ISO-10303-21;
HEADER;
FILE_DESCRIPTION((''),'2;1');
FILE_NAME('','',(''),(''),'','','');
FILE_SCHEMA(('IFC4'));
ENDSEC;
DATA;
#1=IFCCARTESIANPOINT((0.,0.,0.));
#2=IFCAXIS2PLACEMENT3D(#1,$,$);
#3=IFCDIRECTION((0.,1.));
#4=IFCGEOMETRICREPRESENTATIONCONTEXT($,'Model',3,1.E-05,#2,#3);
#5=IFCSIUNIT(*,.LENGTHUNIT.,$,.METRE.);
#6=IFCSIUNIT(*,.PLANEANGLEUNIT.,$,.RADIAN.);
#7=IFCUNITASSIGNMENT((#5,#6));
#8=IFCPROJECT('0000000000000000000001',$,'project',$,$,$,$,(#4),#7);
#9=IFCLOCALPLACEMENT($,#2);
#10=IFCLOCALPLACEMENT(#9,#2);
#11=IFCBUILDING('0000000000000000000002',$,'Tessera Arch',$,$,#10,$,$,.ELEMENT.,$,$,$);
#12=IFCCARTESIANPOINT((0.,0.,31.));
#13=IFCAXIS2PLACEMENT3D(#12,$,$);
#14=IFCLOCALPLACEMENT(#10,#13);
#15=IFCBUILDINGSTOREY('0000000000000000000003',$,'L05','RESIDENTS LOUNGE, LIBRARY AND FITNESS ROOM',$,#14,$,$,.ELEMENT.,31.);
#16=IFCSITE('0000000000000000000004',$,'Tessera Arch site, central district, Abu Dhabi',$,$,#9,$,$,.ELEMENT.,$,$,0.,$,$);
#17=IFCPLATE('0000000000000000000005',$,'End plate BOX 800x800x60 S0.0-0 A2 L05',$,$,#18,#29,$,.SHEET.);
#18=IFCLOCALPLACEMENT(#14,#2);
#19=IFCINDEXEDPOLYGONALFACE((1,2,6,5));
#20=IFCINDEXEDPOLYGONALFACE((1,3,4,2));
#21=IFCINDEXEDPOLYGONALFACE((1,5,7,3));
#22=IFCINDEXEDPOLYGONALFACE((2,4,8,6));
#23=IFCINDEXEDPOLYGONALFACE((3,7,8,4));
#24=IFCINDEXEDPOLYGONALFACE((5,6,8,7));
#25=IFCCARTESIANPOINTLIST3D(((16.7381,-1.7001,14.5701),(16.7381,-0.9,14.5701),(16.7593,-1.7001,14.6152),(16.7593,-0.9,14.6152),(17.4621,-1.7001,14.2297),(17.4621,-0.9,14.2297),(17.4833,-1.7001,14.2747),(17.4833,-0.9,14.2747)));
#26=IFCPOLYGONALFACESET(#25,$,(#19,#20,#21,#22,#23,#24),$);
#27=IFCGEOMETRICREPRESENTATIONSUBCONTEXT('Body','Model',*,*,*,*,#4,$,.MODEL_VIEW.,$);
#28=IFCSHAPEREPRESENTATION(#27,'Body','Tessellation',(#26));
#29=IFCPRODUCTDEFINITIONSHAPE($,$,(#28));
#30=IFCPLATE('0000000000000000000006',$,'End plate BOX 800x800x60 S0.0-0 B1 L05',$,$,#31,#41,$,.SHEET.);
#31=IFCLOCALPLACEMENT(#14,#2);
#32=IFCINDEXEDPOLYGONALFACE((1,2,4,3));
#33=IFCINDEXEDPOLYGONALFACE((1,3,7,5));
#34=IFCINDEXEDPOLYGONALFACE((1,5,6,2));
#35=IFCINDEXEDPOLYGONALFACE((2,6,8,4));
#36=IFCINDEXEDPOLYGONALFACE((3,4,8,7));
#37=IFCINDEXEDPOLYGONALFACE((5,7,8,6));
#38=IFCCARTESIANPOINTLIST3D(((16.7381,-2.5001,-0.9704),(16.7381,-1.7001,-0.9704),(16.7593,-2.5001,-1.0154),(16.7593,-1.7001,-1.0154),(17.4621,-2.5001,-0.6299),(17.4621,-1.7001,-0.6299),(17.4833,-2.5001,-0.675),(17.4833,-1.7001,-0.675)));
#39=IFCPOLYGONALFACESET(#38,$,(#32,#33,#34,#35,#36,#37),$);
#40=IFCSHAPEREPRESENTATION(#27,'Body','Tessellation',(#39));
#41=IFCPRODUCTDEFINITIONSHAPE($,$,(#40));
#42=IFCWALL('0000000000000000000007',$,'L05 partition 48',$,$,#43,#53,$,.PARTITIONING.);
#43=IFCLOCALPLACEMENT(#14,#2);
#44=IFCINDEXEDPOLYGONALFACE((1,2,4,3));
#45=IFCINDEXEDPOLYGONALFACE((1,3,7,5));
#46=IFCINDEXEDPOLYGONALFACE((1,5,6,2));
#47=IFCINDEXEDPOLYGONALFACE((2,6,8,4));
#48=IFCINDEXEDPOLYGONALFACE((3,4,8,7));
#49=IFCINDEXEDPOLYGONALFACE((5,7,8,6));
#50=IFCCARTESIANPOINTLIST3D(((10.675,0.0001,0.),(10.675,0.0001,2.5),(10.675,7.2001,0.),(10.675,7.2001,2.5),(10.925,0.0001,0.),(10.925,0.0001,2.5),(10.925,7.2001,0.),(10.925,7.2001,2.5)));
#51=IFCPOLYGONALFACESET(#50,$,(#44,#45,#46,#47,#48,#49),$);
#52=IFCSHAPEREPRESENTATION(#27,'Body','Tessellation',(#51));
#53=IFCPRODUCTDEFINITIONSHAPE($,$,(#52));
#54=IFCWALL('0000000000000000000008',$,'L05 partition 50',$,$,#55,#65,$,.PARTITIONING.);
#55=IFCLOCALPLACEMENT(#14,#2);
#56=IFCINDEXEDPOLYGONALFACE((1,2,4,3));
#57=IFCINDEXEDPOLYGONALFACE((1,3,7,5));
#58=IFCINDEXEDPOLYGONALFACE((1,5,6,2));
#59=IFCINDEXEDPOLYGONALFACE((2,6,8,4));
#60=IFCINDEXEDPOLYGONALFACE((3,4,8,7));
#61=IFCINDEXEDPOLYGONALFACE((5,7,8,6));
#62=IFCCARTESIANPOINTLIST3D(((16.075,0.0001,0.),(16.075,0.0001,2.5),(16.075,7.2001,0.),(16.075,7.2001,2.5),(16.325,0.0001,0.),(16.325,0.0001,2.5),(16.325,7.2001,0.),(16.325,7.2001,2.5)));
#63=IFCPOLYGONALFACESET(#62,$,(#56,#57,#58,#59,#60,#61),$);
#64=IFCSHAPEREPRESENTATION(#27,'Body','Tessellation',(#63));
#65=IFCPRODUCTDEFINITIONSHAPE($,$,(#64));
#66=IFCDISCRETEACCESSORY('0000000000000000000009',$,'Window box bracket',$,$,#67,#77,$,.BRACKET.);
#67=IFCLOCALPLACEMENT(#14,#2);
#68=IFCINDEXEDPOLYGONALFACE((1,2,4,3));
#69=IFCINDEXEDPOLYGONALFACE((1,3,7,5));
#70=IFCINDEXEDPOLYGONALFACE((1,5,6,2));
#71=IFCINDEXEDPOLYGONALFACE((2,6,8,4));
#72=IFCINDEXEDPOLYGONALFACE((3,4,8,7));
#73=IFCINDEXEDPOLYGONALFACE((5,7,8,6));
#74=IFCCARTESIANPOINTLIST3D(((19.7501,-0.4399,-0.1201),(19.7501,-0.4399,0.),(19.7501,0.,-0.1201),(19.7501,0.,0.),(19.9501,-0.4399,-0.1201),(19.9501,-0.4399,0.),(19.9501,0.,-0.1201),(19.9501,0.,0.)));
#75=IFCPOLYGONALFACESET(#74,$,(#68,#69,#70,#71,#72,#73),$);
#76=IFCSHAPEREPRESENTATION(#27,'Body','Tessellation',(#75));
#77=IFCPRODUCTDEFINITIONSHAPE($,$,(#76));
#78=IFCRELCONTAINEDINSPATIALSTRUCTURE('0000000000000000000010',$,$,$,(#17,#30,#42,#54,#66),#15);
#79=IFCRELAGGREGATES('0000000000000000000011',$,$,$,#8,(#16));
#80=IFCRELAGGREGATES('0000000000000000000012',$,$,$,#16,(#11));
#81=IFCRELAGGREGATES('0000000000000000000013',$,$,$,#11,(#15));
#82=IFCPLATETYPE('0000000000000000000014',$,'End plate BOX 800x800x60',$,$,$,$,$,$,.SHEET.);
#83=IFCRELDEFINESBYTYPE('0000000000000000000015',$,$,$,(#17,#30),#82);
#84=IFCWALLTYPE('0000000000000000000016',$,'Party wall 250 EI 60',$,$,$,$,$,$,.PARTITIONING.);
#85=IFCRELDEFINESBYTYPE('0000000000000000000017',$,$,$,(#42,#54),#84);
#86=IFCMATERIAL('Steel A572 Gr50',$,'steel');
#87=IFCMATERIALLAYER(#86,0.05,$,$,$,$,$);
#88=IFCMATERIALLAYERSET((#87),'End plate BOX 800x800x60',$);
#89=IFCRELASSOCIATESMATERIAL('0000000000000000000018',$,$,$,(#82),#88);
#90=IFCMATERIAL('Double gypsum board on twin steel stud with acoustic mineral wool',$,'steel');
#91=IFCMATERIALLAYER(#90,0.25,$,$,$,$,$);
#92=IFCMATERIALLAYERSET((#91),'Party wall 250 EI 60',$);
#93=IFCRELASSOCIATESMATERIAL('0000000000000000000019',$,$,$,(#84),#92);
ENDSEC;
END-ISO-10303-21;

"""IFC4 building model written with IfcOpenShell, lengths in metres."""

from ifc_helpers import new_model, si_unit, direction, frame, frame_2d, origin, origin_2d, place, context, subcontext, project, spatial, rectangle, extrude, material, layer, layer_set, type_object, element, save


model = new_model("IFC4")

# Units and contexts
model_context = context("Model", 3, precision=1e-05, world=origin(), true_north=direction((0.0, 1.0)))
body_context = subcontext(model_context, "Body", "Model", "MODEL_VIEW")
ifc_project = project(units=[si_unit("LENGTHUNIT", "METRE"), si_unit("PLANEANGLEUNIT", "RADIAN")], contexts=[model_context])

# Site, building, storey
site_placement = place(None, origin())
site = spatial("IfcSite", under=ifc_project, at=site_placement, Name="Tessera Arch site, central district, Abu Dhabi", CompositionType="ELEMENT", RefElevation=0.0)
building_placement = place(site_placement, origin())
building = spatial("IfcBuilding", under=site, at=building_placement, Name="Tessera Arch", CompositionType="ELEMENT")
storey_placement = place(building_placement, frame((0.0, 0.0, 31.0)))
storey = spatial("IfcBuildingStorey", under=building, at=storey_placement, Name="L05", Description="RESIDENTS LOUNGE, LIBRARY AND FITNESS ROOM", CompositionType="ELEMENT", Elevation=31.0)

# Plates
ifc_material_1 = material(Name="Steel A572 Gr50", Category="steel")
ifc_layer_1 = layer(ifc_material_1, 0.05)
ifc_layer_set_1 = layer_set([ifc_layer_1], Name="End plate BOX 800x800x60")
plate_type_1 = type_object("IfcPlateType", Name="End plate BOX 800x800x60", PredefinedType="SHEET", material=ifc_layer_set_1)
for number, where, z_axis, x_axis, name in (
    (1, (17.1001, -1.3, 14.3999), (0.425561, 0.0, 0.90493), (0.0, 1.0, 0.0), "End plate BOX 800x800x60 S0.0-0 A2 L05"),
    (2, (17.1213, -2.1001, -0.8452), (-0.425561, 0.0, 0.90493), (0.0, -1.0, 0.0), "End plate BOX 800x800x60 S0.0-0 B1 L05"),
):
    element("IfcPlate", number, at=place(storey_placement, frame(where, z_axis=z_axis, x_axis=x_axis)), inside=storey, type_object=plate_type_1, Name=name, PredefinedType="SHEET", context=body_context, shape_type="SweptSolid", body=[
        extrude(rectangle(XDim=0.8, YDim=0.8, at=origin_2d()), origin(), (0.0, 0.0, 1.0), 0.0498),
    ])

# Walls
ifc_material_2 = material(Name="Double gypsum board on twin steel stud with acoustic mineral wool", Category="steel")
ifc_layer_2 = layer(ifc_material_2, 0.25)
ifc_layer_set_2 = layer_set([ifc_layer_2], Name="Party wall 250 EI 60")
wall_type = type_object("IfcWallType", Name="Party wall 250 EI 60", PredefinedType="PARTITIONING", material=ifc_layer_set_2)
for number, where, z_axis, x_axis, name in (
    (3, (10.8, 0.0, 0.0), (0.0, 0.0, 1.0), (0.0, 1.0, 0.0), "L05 partition 48"),
    (4, (16.2, 0.0, 0.0), (0.0, 0.0, 1.0), (0.0, 1.0, 0.0), "L05 partition 50"),
):
    element("IfcWall", number, at=place(storey_placement, frame(where, z_axis=z_axis, x_axis=x_axis)), inside=storey, type_object=wall_type, Name=name, PredefinedType="PARTITIONING", context=body_context, shape_type="SweptSolid", body=[
        extrude(rectangle(XDim=7.2, YDim=0.25, at=frame_2d((3.6001, 0.0))), origin(), (0.0, 0.0, 1.0), 2.5),
    ])

# Discrete accessory
discrete_accessory_placement = place(storey_placement, frame((19.8501, -0.22, -0.1201), z_axis=(0.0, 0.0, 1.0), x_axis=(0.0, -1.0, 0.0)))
element("IfcDiscreteAccessory", 5, at=discrete_accessory_placement, inside=storey, Name="Window box bracket", PredefinedType="BRACKET", context=body_context, shape_type="SweptSolid", body=[
    extrude(rectangle(XDim=0.4399, YDim=0.2, at=origin_2d()), origin(), (0.0, 0.0, 1.0), 0.1201),
])

save(model, "model.ifc")
